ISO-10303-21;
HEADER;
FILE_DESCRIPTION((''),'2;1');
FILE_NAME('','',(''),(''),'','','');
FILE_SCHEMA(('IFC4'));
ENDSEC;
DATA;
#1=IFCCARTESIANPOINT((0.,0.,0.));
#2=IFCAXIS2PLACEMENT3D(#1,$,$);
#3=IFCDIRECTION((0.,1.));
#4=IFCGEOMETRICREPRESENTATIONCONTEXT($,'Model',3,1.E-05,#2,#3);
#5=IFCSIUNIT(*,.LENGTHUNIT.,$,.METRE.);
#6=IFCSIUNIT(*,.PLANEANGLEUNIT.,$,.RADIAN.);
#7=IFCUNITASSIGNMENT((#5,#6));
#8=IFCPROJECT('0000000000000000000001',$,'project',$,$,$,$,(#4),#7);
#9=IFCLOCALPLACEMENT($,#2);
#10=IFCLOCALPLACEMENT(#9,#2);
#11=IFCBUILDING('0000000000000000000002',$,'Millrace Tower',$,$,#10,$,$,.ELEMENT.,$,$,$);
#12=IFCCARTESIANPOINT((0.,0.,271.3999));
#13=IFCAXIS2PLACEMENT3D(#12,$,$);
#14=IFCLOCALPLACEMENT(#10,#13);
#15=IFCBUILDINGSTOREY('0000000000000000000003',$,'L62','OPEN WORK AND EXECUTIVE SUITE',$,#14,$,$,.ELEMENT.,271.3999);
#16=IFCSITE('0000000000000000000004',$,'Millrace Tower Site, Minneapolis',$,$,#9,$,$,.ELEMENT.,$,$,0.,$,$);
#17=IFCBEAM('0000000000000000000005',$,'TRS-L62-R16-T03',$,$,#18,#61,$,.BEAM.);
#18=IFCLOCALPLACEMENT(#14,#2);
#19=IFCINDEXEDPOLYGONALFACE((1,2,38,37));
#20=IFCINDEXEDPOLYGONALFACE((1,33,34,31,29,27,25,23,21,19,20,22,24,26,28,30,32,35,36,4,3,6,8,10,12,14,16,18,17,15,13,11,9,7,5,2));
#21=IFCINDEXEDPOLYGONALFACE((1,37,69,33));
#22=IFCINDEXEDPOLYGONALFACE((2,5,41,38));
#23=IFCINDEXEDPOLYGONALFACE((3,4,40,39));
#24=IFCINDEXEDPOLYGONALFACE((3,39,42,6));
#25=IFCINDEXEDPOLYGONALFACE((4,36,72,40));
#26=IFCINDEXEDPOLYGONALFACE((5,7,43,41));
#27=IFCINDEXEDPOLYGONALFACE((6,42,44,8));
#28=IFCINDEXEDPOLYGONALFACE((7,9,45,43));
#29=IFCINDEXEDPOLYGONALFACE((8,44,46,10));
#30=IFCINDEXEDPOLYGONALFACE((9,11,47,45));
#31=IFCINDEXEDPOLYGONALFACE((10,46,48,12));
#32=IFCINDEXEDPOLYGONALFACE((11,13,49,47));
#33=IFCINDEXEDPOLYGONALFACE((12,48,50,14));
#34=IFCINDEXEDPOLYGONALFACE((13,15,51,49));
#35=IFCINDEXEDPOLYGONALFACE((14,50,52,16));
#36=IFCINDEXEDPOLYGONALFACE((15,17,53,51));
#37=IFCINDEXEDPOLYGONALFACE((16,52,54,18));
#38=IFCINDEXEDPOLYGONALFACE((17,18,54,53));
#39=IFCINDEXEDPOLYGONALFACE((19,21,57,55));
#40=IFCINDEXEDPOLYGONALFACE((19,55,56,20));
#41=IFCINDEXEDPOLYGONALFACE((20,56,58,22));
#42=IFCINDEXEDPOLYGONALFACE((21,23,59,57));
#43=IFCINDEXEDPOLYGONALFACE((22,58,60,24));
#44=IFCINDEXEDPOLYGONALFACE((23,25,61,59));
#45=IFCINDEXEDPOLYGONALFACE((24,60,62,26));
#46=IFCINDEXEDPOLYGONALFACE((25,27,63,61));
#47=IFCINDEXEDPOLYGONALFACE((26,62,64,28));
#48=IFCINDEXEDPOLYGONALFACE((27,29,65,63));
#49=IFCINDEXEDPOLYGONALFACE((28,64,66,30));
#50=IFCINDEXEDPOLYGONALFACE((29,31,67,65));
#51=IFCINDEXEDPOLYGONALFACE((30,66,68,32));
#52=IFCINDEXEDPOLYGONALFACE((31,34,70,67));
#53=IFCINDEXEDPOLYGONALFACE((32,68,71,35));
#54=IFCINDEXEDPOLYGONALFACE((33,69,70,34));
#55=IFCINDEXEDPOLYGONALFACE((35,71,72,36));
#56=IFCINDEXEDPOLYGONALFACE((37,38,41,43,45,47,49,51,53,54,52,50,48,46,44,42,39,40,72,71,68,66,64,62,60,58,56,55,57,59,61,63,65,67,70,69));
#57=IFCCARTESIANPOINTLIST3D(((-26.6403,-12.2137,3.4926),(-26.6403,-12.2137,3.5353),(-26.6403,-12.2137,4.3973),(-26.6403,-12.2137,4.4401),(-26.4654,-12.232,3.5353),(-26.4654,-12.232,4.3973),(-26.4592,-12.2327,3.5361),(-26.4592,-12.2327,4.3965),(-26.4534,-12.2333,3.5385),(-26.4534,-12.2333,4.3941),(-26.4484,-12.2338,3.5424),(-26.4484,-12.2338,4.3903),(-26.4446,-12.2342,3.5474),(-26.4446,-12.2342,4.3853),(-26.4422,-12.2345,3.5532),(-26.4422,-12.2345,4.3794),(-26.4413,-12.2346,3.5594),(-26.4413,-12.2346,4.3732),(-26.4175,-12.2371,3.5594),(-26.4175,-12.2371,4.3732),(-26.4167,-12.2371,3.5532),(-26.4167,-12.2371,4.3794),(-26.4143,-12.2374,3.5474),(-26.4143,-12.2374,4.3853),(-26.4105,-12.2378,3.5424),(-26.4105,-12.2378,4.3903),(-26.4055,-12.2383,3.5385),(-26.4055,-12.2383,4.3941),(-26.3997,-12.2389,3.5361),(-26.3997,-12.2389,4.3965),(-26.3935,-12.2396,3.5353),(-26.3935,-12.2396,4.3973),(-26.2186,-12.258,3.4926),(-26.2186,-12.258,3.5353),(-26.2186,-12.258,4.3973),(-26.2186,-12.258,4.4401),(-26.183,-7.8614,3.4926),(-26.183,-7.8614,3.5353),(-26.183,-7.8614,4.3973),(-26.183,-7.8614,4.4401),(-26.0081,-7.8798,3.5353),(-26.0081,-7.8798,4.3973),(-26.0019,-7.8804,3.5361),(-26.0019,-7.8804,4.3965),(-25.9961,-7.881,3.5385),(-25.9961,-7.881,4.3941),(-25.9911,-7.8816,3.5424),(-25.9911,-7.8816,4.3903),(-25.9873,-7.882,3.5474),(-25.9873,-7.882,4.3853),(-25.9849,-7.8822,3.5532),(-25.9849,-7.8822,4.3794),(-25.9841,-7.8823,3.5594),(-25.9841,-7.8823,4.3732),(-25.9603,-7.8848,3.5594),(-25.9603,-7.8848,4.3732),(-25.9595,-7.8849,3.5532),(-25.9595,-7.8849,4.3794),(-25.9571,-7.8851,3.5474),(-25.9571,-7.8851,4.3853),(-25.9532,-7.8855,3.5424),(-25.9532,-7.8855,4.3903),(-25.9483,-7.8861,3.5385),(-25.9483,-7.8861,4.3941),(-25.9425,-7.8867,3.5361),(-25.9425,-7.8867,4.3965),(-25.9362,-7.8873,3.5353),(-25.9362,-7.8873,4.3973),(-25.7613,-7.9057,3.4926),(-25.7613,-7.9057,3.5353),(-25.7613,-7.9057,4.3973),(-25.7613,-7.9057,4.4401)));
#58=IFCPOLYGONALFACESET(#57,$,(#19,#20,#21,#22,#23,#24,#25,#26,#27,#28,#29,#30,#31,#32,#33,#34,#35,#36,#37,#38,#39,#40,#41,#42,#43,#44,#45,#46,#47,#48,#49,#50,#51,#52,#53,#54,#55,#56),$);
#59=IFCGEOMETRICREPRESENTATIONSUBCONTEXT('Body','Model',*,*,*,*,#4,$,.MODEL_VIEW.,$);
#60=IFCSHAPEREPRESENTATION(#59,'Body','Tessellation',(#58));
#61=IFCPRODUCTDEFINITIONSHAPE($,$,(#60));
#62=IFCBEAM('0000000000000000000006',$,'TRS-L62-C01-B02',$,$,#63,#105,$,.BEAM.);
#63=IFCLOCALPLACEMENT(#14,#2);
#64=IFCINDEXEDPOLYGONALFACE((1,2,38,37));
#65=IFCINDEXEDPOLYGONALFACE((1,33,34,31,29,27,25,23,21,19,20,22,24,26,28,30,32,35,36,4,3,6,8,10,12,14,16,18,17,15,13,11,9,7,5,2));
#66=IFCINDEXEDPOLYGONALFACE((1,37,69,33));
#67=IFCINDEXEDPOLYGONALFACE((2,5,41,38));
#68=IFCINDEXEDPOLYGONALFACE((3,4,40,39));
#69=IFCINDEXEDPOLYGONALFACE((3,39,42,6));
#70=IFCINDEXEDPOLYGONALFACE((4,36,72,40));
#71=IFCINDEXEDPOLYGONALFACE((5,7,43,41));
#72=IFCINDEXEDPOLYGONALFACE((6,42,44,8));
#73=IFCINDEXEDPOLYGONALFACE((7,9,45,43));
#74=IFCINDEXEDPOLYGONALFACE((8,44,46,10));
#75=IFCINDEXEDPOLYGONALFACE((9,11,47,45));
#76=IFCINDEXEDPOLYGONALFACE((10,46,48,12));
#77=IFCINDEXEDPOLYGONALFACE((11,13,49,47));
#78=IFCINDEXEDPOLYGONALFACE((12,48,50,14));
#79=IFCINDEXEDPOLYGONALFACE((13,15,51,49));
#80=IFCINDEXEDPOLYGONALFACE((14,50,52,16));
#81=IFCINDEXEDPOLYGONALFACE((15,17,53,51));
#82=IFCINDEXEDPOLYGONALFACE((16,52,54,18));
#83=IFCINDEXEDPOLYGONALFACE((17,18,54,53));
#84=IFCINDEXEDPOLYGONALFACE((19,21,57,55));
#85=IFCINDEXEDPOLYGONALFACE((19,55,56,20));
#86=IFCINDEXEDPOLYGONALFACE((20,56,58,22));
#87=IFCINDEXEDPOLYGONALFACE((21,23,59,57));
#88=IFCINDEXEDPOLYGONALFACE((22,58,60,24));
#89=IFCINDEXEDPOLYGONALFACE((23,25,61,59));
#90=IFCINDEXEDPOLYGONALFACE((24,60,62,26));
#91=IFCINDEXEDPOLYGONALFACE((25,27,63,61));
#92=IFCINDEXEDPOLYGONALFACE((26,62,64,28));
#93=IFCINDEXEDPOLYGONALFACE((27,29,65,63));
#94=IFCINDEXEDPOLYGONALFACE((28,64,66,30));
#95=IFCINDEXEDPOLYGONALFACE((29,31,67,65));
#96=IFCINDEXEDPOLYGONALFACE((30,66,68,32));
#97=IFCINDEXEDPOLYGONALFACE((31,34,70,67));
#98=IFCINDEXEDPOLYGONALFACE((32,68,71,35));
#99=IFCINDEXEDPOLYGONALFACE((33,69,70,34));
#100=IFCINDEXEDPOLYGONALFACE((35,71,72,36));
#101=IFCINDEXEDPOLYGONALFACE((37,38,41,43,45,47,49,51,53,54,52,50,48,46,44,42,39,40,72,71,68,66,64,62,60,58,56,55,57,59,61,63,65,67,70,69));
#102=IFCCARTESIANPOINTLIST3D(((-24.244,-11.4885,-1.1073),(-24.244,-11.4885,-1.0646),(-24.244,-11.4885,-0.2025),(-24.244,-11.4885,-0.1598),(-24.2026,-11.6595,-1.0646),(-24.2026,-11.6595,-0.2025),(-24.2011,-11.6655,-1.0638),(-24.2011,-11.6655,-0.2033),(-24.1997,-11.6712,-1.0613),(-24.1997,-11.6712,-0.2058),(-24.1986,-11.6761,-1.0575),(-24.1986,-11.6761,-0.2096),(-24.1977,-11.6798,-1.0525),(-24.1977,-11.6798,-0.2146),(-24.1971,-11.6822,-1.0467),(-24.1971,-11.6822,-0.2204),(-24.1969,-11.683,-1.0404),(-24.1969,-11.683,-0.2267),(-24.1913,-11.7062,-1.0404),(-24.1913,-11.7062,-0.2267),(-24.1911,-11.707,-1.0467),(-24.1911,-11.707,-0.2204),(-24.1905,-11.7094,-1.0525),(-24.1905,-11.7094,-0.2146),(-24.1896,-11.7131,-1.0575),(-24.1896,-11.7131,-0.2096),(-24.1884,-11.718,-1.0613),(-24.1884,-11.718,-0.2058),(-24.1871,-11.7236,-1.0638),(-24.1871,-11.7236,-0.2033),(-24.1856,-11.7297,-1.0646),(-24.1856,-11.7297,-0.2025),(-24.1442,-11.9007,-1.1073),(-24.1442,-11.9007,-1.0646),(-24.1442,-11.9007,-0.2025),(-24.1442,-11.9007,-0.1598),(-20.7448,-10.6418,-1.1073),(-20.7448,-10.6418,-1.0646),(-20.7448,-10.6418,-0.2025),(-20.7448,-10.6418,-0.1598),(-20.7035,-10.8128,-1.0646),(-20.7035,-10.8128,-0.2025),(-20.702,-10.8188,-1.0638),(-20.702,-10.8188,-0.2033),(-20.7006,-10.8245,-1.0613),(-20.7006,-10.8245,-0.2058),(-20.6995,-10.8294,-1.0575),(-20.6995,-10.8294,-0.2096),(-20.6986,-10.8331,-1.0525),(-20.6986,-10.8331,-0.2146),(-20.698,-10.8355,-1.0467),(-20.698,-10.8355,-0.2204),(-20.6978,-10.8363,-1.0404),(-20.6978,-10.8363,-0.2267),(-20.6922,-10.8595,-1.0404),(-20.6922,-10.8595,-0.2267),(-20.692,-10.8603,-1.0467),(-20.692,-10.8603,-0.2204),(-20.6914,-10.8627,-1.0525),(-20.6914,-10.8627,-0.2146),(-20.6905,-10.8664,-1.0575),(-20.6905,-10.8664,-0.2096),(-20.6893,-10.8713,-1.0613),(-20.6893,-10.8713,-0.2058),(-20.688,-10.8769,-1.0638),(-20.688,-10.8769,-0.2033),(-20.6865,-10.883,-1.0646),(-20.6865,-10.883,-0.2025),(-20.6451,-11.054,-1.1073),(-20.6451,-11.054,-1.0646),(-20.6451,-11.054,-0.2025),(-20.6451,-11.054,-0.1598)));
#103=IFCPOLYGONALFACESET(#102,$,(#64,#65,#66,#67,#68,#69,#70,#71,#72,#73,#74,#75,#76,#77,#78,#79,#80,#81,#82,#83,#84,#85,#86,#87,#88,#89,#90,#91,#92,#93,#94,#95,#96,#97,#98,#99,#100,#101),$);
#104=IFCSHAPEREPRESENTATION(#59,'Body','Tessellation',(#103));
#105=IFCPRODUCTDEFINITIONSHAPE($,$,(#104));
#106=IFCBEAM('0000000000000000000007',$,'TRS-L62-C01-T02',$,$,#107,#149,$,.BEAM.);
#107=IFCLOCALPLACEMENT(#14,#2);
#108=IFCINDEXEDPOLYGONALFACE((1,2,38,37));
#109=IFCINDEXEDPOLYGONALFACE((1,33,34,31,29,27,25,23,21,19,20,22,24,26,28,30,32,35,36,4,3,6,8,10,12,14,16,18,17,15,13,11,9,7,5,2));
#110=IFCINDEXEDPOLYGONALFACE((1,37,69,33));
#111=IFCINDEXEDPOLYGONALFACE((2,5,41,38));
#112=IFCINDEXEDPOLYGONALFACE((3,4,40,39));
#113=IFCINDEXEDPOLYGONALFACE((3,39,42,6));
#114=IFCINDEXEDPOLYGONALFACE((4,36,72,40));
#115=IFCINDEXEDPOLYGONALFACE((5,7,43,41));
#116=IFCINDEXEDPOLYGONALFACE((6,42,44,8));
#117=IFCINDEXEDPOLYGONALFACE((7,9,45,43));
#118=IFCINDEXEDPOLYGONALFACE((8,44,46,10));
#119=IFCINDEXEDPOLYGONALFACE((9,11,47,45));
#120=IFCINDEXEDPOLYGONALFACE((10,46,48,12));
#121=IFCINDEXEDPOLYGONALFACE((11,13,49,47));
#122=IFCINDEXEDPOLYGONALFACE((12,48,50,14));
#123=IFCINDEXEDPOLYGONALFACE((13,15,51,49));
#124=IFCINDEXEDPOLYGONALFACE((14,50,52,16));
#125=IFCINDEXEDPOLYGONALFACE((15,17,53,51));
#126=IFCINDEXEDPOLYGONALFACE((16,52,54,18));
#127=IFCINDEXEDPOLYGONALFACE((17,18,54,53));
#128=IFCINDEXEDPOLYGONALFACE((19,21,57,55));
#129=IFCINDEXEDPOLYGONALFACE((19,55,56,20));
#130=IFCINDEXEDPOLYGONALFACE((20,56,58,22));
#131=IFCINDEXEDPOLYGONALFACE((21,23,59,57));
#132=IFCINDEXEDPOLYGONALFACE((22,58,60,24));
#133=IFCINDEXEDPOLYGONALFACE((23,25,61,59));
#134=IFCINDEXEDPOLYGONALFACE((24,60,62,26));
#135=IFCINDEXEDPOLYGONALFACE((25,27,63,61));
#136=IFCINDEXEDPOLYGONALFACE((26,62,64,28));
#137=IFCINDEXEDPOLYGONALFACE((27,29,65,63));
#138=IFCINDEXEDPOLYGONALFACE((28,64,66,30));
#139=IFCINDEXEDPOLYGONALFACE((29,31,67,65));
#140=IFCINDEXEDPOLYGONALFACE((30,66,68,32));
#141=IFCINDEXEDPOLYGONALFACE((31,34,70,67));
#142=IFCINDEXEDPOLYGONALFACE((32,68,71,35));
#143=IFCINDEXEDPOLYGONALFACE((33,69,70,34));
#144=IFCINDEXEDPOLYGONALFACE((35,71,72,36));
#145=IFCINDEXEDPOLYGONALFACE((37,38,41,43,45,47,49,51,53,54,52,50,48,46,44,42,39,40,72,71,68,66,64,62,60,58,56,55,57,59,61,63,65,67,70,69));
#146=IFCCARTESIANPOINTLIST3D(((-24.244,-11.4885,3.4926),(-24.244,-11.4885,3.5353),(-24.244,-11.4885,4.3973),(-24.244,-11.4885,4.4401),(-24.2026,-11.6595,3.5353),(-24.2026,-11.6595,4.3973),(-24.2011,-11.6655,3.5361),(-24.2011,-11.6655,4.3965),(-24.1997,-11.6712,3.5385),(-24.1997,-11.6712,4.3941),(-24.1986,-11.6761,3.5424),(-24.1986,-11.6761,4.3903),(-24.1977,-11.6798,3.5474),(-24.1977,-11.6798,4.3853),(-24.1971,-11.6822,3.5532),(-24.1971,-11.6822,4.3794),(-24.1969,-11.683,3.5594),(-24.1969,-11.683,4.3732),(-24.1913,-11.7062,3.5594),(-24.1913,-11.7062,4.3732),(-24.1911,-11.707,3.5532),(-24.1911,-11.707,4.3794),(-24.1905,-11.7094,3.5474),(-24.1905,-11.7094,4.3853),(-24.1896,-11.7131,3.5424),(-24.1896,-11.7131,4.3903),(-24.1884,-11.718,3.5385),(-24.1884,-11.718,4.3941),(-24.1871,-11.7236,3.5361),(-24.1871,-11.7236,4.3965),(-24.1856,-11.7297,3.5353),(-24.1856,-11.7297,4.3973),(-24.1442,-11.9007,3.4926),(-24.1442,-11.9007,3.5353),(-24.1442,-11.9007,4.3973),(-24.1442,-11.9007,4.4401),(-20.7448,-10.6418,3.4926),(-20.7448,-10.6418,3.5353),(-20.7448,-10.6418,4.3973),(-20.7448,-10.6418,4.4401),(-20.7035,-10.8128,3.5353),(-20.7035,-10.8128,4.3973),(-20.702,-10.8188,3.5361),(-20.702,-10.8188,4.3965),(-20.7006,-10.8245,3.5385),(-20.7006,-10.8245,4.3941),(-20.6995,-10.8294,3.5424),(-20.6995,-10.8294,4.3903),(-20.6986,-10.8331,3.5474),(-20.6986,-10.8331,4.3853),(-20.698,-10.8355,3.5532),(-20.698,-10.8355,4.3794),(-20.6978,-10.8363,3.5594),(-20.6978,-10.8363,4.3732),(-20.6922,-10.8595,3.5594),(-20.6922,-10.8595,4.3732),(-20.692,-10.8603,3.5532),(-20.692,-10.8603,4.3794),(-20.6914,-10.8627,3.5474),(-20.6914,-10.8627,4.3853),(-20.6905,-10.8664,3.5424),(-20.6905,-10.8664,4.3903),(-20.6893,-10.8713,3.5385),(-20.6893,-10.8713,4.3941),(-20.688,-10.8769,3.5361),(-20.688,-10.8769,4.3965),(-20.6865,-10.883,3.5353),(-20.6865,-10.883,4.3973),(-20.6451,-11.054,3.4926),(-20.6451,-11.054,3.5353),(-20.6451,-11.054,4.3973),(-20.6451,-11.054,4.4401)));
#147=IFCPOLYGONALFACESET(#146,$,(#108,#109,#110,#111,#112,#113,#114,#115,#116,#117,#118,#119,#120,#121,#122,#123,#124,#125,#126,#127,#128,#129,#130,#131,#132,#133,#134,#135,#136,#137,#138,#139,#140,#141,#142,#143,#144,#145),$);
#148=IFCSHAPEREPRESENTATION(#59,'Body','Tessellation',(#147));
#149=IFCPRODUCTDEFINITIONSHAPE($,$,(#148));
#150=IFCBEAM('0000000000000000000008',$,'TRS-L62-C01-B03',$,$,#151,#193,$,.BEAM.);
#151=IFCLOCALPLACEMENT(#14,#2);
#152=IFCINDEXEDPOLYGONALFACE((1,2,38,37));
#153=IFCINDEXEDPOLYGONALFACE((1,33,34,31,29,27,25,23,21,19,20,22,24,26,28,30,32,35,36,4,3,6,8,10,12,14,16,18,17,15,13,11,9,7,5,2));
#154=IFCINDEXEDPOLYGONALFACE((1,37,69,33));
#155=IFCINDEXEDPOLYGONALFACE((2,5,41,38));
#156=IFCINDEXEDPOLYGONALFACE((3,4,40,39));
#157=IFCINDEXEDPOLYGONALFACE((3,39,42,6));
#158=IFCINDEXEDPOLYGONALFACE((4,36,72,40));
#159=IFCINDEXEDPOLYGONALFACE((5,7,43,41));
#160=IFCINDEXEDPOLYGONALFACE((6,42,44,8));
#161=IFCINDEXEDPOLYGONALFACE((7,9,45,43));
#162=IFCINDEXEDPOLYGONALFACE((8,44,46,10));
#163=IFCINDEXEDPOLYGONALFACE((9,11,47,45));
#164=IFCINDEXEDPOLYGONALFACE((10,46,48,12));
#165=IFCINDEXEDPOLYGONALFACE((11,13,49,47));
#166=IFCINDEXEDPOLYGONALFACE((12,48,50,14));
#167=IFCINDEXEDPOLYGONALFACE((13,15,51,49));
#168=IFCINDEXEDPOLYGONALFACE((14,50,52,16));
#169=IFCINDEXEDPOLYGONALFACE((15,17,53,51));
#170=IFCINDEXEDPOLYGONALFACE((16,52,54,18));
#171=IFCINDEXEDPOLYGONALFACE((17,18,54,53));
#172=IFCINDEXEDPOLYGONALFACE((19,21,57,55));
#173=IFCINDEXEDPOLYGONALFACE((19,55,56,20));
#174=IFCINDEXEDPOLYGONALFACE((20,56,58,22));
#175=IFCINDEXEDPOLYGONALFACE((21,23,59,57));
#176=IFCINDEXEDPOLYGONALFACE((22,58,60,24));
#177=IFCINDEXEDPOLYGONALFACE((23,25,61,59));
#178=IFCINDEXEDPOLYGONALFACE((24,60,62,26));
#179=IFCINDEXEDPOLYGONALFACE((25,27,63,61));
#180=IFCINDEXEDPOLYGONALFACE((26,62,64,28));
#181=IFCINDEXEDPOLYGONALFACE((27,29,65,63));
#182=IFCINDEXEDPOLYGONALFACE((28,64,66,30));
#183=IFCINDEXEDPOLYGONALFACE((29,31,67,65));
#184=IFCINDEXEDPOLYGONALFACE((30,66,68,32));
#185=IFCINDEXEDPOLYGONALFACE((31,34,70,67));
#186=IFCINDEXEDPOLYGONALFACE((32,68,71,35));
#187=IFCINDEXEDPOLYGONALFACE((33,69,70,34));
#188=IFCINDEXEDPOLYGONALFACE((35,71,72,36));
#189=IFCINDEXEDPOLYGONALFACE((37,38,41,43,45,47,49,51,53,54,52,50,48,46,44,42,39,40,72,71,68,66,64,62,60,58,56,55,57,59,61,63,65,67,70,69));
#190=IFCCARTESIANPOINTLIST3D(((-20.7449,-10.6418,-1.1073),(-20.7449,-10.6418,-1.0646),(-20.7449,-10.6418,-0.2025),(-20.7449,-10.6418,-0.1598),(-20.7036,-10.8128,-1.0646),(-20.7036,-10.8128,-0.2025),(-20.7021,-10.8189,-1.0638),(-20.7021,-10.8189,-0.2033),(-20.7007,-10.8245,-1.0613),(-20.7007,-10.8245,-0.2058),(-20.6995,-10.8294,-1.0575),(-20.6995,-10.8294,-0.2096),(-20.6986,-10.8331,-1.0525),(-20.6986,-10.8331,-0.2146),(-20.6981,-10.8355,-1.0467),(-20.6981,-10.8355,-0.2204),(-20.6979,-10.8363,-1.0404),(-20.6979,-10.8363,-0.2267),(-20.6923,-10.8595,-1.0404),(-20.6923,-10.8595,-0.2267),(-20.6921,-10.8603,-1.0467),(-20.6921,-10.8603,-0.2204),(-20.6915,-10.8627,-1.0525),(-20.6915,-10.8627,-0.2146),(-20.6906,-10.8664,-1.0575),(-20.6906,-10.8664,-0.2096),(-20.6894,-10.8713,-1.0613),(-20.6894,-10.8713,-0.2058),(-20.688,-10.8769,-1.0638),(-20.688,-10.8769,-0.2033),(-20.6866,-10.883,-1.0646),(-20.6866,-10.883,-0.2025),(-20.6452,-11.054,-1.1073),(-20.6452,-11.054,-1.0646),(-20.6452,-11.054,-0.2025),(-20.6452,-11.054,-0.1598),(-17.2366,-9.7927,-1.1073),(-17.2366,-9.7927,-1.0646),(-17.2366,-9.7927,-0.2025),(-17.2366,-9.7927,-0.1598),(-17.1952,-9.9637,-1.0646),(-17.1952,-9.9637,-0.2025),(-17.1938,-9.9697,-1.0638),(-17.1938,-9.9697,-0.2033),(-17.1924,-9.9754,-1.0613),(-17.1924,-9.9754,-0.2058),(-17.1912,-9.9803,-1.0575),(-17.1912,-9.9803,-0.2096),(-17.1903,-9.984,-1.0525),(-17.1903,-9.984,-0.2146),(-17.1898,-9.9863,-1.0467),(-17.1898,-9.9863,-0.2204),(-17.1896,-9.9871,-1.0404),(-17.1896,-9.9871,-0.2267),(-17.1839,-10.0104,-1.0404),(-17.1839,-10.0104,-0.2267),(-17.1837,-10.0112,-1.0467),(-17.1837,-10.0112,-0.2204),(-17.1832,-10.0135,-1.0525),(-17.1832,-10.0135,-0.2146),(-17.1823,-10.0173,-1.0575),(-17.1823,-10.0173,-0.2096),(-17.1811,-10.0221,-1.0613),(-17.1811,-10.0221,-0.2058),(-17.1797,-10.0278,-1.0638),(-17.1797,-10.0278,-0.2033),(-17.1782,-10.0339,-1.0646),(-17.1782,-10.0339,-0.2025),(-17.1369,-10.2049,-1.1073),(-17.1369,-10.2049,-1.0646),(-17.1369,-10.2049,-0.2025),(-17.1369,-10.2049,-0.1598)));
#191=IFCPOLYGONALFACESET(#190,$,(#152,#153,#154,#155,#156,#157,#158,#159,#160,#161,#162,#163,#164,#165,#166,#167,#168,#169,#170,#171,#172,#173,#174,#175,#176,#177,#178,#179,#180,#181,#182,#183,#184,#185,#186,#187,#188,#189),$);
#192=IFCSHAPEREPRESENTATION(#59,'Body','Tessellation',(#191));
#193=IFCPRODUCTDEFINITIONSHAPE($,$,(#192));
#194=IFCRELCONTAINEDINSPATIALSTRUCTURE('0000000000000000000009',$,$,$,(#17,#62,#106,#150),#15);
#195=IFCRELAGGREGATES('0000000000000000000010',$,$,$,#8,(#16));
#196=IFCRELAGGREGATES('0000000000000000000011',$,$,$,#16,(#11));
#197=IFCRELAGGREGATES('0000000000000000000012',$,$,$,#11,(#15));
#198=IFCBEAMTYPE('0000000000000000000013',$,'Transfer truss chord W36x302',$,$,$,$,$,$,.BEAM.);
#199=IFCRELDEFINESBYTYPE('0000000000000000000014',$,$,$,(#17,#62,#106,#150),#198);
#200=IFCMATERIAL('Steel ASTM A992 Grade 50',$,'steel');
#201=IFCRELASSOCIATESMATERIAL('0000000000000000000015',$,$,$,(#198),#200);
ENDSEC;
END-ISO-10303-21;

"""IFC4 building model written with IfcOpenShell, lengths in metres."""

from ifc_helpers import new_model, si_unit, direction, frame, origin, origin_2d, place, context, subcontext, project, spatial, i_section, extrude, material, material_profile, profile_set, type_object, element, save


model = new_model("IFC4")

# Units and contexts
model_context = context("Model", 3, precision=1e-05, world=origin(), true_north=direction((0.0, 1.0)))
body_context = subcontext(model_context, "Body", "Model", "MODEL_VIEW")
ifc_project = project(units=[si_unit("LENGTHUNIT", "METRE"), si_unit("PLANEANGLEUNIT", "RADIAN")], contexts=[model_context])

# Site, building, storey
site_placement = place(None, origin())
site = spatial("IfcSite", under=ifc_project, at=site_placement, Name="Millrace Tower Site, Minneapolis", CompositionType="ELEMENT", RefElevation=0.0)
building_placement = place(site_placement, origin())
building = spatial("IfcBuilding", under=site, at=building_placement, Name="Millrace Tower", CompositionType="ELEMENT")
storey_placement = place(building_placement, frame((0.0, 0.0, 271.3999)))
storey = spatial("IfcBuildingStorey", under=building, at=storey_placement, Name="L62", Description="OPEN WORK AND EXECUTIVE SUITE", CompositionType="ELEMENT", Elevation=271.3999)

# Beams
ifc_material_1 = material(Name="Steel ASTM A992 Grade 50", Category="steel")
ifc_material_profile_1 = material_profile(ifc_material_1, i_section(OverallWidth=0.4241, OverallDepth=0.9475, WebThickness=0.0239, FlangeThickness=0.0427, FilletRadius=0.0242, at=origin_2d()))
ifc_profile_set_1 = profile_set([ifc_material_profile_1], Name="Steel ASTM A992 Grade 50")
beam_type_1 = type_object("IfcBeamType", Name="Transfer truss chord W36x302", PredefinedType="BEAM", material=ifc_profile_set_1)
for number, where, z_axis, x_axis, name in (
    (1, (-25.9722, -7.8835, 3.9663), (-0.10449, -0.994526, 0.0), (0.994526, -0.10449, 0.0), "TRS-L62-R16-T03"),
):
    element("IfcBeam", number, at=place(storey_placement, frame(where, z_axis=z_axis, x_axis=x_axis)), inside=storey, type_object=beam_type_1, Name=name, PredefinedType="BEAM", context=body_context, shape_type="SweptSolid", body=[
        extrude(i_section(OverallWidth=0.4241, OverallDepth=0.9475, WebThickness=0.0239, FlangeThickness=0.0427, FilletRadius=0.0242, at=origin_2d()), origin(), (0.0, 0.0, 1.0), 4.3762),
    ])
for number, where, z_axis, x_axis, name in (
    (2, (-24.1941, -11.6946, -0.6335), (0.97195, 0.235189, 0.0), (-0.235189, 0.97195, 0.0), "TRS-L62-C01-B02"),
    (3, (-24.1941, -11.6946, 3.9663), (0.97195, 0.235189, 0.0), (-0.235189, 0.97195, 0.0), "TRS-L62-C01-T02"),
):
    element("IfcBeam", number, at=place(storey_placement, frame(where, z_axis=z_axis, x_axis=x_axis)), inside=storey, type_object=beam_type_1, Name=name, PredefinedType="BEAM", context=body_context, shape_type="SweptSolid", body=[
        extrude(i_section(OverallWidth=0.4241, OverallDepth=0.9475, WebThickness=0.0239, FlangeThickness=0.0427, FilletRadius=0.0242, at=origin_2d()), origin(), (0.0, 0.0, 1.0), 3.6001),
    ])
for number, where, z_axis, x_axis, name in (
    (4, (-20.6951, -10.8479, -0.6335), (0.971937, 0.23524, 0.0), (-0.23524, 0.971937, 0.0), "TRS-L62-C01-B03"),
):
    element("IfcBeam", number, at=place(storey_placement, frame(where, z_axis=z_axis, x_axis=x_axis)), inside=storey, type_object=beam_type_1, Name=name, PredefinedType="BEAM", context=body_context, shape_type="SweptSolid", body=[
        extrude(i_section(OverallWidth=0.4241, OverallDepth=0.9475, WebThickness=0.0239, FlangeThickness=0.0427, FilletRadius=0.0242, at=origin_2d()), origin(), (0.0, 0.0, 1.0), 3.6096),
    ])

save(model, "model.ifc")
